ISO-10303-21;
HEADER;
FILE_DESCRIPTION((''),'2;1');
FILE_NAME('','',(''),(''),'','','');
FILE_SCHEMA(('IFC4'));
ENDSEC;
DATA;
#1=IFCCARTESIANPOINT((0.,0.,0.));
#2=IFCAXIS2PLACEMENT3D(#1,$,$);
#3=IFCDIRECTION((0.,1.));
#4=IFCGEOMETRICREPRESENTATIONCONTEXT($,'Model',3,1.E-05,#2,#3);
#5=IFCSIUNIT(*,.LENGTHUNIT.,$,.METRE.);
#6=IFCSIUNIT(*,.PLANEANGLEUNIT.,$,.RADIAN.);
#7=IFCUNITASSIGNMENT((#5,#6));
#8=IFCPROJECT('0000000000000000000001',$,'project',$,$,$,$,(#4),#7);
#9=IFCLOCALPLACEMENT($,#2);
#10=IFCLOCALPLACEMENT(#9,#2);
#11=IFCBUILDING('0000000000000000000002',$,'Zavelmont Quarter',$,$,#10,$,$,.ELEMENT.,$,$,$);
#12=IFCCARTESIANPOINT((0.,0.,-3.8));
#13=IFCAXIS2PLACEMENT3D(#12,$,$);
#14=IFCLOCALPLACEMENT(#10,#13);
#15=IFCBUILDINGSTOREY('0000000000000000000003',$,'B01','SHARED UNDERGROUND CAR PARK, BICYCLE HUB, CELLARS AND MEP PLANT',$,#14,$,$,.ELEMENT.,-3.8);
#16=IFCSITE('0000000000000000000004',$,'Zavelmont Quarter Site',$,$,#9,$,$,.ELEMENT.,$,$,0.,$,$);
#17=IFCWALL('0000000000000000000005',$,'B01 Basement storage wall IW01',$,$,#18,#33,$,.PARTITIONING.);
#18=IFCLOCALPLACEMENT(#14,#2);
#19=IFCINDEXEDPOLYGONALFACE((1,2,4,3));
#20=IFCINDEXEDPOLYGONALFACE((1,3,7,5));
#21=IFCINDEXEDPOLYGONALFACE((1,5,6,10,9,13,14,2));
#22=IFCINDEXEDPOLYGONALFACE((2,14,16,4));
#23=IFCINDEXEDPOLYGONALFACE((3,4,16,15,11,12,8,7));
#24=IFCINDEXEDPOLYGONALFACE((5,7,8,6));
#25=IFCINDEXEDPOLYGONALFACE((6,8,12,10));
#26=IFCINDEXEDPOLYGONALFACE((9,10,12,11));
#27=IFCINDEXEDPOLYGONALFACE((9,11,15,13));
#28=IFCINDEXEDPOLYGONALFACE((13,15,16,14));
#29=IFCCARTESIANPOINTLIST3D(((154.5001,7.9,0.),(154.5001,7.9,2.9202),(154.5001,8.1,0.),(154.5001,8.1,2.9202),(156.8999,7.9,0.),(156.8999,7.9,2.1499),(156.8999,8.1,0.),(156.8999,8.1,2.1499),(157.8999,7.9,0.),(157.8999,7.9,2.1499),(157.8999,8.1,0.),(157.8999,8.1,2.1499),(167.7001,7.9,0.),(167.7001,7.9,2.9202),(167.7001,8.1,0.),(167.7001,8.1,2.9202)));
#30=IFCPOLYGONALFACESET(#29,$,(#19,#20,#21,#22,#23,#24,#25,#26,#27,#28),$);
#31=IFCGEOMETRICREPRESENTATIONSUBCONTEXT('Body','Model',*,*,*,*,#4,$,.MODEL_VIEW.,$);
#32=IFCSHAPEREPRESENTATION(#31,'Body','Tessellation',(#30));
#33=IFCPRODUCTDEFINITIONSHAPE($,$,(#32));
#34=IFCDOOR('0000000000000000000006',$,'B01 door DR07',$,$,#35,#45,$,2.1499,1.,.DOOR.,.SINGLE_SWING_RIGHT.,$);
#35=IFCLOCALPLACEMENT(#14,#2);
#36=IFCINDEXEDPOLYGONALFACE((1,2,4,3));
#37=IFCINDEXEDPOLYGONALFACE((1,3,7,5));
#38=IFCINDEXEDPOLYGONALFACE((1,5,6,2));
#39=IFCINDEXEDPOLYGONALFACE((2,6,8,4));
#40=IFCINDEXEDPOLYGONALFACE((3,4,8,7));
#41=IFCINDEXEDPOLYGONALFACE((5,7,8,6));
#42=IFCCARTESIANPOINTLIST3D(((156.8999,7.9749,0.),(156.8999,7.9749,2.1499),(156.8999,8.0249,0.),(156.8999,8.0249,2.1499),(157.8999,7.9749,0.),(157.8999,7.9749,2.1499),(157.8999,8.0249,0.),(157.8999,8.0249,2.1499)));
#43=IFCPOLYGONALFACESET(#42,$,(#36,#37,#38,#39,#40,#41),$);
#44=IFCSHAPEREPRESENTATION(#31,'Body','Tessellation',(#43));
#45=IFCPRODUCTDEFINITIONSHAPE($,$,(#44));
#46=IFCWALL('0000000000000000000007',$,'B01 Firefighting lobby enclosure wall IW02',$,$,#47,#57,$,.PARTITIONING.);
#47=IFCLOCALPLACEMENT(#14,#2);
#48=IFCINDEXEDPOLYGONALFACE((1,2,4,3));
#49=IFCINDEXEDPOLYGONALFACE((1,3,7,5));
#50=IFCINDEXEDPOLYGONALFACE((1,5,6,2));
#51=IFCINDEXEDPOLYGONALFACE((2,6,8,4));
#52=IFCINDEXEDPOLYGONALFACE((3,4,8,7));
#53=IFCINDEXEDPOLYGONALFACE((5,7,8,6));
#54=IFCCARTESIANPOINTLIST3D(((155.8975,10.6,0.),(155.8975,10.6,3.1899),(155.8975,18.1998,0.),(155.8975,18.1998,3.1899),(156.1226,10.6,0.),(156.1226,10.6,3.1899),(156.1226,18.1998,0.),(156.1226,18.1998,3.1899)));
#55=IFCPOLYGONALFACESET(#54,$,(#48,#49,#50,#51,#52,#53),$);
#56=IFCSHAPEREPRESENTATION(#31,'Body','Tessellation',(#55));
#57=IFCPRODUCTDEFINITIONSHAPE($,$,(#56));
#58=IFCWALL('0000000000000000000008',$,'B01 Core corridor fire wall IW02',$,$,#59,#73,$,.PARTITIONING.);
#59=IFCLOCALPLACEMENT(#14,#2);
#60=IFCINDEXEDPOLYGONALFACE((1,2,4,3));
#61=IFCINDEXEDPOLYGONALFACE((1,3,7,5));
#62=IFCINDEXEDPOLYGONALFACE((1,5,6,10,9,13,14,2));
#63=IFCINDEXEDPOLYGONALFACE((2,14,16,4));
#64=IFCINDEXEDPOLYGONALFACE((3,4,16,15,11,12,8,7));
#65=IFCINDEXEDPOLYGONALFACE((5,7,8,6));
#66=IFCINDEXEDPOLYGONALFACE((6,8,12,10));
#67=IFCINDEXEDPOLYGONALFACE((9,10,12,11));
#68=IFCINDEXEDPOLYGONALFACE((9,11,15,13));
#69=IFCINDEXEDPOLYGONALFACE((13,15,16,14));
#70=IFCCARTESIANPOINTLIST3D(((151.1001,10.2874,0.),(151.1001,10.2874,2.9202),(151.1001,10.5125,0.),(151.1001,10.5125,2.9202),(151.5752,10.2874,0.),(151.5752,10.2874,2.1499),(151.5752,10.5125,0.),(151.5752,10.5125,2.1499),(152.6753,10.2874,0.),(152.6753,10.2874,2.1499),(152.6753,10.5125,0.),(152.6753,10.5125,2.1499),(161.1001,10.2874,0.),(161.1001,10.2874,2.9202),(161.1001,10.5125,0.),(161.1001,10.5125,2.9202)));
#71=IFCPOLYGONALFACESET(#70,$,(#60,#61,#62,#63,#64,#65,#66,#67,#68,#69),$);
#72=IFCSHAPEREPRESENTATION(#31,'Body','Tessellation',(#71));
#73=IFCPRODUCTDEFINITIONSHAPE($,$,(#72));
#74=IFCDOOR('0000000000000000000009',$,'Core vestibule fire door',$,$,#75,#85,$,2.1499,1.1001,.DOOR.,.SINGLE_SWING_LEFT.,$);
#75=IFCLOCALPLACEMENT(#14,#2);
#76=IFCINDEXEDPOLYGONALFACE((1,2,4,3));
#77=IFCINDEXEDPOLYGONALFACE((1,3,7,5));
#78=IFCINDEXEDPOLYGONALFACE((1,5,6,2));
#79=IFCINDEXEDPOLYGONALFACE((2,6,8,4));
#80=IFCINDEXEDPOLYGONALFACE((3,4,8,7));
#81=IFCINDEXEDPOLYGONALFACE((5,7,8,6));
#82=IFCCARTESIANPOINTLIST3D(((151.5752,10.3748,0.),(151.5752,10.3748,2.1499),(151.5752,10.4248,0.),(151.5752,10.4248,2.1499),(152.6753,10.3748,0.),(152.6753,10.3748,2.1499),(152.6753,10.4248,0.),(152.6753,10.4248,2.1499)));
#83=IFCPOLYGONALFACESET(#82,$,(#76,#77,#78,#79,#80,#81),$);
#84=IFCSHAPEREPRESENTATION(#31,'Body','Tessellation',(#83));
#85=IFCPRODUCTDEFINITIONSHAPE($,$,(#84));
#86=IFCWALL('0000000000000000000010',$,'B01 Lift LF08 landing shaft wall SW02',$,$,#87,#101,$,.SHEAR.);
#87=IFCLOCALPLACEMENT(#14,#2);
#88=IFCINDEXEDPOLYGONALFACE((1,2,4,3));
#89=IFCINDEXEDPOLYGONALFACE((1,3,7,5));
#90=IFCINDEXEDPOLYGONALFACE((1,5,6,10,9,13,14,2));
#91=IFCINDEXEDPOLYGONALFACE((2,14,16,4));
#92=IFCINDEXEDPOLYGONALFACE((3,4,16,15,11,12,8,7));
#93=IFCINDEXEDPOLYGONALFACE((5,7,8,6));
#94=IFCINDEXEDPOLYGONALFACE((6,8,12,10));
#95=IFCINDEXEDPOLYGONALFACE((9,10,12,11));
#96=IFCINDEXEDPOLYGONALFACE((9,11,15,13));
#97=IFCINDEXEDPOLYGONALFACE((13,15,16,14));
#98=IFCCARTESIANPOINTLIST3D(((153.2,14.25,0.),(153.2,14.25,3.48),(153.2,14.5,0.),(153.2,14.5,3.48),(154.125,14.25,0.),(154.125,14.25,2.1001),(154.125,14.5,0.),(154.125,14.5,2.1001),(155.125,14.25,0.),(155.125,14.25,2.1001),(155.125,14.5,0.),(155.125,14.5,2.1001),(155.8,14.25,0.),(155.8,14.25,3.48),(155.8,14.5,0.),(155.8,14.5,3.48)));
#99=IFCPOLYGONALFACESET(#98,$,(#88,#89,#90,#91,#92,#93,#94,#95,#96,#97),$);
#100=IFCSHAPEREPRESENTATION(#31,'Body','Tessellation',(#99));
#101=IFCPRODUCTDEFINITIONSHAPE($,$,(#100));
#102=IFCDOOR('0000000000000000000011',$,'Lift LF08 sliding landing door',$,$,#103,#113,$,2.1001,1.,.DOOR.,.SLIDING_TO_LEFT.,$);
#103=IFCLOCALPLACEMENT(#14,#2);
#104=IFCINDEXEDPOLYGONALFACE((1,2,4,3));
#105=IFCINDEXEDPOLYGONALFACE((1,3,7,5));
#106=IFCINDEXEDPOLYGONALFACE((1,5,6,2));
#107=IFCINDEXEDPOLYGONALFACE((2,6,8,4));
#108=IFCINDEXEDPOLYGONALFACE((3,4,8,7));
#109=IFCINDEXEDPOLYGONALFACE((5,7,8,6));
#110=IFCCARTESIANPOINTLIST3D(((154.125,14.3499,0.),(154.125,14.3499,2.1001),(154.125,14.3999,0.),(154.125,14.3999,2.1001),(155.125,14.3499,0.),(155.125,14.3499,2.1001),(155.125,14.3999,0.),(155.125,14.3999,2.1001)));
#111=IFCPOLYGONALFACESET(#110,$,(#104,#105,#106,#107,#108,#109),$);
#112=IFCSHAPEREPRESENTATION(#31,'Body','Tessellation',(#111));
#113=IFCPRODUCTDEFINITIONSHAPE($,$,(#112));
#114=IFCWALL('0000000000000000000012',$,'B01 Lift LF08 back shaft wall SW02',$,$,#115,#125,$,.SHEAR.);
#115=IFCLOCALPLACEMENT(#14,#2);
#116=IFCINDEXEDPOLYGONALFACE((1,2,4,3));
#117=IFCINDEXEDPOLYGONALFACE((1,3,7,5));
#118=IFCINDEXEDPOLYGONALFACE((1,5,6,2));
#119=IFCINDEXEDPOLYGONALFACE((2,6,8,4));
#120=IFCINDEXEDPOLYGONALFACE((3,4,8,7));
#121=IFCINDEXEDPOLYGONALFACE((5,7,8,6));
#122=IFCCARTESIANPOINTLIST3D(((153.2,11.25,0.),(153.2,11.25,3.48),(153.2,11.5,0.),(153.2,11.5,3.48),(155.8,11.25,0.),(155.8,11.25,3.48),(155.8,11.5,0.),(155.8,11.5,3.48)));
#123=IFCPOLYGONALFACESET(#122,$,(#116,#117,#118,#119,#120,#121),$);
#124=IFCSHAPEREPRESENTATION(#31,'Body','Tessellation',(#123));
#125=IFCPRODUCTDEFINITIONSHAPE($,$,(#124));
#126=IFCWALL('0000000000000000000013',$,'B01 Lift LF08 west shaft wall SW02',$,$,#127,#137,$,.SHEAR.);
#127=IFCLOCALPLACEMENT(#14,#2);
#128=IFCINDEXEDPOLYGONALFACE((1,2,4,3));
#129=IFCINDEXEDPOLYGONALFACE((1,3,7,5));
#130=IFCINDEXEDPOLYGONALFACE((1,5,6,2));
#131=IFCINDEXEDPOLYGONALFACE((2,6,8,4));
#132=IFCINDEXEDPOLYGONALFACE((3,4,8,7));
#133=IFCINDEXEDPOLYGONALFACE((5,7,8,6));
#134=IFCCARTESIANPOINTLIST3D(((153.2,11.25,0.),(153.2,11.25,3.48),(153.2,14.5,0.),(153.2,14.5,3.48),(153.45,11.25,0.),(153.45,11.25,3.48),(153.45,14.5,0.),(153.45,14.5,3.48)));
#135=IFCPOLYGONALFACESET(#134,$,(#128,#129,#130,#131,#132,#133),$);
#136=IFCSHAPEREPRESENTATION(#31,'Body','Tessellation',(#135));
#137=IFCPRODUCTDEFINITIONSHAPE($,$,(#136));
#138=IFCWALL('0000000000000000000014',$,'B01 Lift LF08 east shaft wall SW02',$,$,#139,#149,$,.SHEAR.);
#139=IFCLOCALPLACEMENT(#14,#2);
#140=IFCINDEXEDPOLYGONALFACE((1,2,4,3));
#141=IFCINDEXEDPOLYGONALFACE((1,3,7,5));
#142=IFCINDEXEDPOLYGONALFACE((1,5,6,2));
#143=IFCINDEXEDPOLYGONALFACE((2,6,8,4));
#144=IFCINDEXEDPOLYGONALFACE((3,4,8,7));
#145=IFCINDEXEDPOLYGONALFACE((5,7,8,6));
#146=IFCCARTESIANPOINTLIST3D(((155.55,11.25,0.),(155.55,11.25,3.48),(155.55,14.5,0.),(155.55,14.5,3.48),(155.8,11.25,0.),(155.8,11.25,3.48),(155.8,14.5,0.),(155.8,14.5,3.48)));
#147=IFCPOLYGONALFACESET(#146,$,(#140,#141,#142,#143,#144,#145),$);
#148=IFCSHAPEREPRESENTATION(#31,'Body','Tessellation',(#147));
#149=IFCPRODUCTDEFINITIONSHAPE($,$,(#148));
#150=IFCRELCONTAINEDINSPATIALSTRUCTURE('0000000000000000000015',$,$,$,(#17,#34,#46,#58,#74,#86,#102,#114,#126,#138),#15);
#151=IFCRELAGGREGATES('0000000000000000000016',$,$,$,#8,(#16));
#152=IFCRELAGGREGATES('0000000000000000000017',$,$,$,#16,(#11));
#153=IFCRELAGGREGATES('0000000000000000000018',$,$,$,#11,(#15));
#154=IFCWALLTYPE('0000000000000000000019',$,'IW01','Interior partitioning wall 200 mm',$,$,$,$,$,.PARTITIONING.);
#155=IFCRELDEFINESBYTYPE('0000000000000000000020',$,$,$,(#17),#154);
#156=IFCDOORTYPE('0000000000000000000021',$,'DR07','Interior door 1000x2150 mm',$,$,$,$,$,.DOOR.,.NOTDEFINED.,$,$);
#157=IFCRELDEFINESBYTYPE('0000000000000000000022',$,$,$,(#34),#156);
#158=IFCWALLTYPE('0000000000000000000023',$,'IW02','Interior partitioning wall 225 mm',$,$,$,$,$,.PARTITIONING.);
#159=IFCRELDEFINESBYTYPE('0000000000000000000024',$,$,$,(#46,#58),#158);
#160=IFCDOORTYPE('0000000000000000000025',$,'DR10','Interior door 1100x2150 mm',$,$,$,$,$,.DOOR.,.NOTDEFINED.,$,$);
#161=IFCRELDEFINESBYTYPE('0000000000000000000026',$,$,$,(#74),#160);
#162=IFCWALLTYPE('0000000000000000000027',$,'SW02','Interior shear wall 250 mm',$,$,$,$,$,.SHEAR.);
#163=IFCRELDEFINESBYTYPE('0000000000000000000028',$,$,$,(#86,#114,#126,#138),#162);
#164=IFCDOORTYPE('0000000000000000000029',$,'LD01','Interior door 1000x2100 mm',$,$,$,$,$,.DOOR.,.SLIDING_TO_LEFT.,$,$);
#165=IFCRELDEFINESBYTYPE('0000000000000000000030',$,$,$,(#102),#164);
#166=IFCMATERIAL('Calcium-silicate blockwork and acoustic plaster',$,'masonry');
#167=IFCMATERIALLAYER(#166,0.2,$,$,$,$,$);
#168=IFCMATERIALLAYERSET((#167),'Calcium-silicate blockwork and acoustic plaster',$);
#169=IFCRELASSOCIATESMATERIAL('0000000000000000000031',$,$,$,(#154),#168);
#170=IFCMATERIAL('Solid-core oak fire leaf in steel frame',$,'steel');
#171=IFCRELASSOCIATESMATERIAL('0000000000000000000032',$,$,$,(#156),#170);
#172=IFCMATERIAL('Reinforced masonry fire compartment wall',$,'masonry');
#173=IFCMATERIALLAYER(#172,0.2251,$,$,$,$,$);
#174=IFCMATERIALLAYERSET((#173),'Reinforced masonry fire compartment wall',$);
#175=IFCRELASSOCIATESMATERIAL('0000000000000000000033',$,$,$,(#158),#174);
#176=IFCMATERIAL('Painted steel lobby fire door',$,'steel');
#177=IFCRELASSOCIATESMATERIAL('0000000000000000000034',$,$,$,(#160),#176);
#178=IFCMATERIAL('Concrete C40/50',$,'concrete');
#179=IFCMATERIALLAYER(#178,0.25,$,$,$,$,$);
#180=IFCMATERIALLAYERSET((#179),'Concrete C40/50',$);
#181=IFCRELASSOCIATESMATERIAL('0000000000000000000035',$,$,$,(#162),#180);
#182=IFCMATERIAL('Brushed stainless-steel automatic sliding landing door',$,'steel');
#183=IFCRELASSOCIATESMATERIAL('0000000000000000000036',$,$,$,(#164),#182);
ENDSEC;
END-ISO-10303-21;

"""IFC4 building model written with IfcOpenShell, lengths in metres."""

from ifc_helpers import new_model, si_unit, direction, frame, frame_2d, origin, origin_with_axes, place, context, subcontext, project, spatial, rectangle, extrude, material, layer, layer_set, type_object, element, fill, save


model = new_model("IFC4")

# Units and contexts
model_context = context("Model", 3, precision=1e-05, world=origin(), true_north=direction((0.0, 1.0)))
body_context = subcontext(model_context, "Body", "Model", "MODEL_VIEW")
ifc_project = project(units=[si_unit("LENGTHUNIT", "METRE"), si_unit("PLANEANGLEUNIT", "RADIAN")], contexts=[model_context])

# Site, building, storey
site_placement = place(None, origin())
site = spatial("IfcSite", under=ifc_project, at=site_placement, Name="Zavelmont Quarter Site", CompositionType="ELEMENT", RefElevation=0.0)
building_placement = place(site_placement, origin())
building = spatial("IfcBuilding", under=site, at=building_placement, Name="Zavelmont Quarter", CompositionType="ELEMENT")
storey_placement = place(building_placement, frame((0.0, 0.0, -3.8)))
storey = spatial("IfcBuildingStorey", under=building, at=storey_placement, Name="B01", Description="SHARED UNDERGROUND CAR PARK, BICYCLE HUB, CELLARS AND MEP PLANT", CompositionType="ELEMENT", Elevation=-3.8)

# Shared definitions
ifc_material_1 = material(Name="Concrete C40/50", Category="concrete")

# Shared definitions
ifc_material_2 = material(Name="Calcium-silicate blockwork and acoustic plaster", Category="masonry")
ifc_layer_1 = layer(ifc_material_2, 0.2)
ifc_layer_set_1 = layer_set([ifc_layer_1], Name="Calcium-silicate blockwork and acoustic plaster")
wall_type_1 = type_object("IfcWallType", Name="IW01", Description="Interior partitioning wall 200 mm", PredefinedType="PARTITIONING", material=ifc_layer_set_1)

# Wall, opening, door
wall_1_placement = place(storey_placement, frame((154.5, 8.0, 0.0), z_axis=(0.0, 0.0, 1.0), x_axis=(1.0, 0.0, 0.0)))
wall_1 = element("IfcWall", 1, at=wall_1_placement, inside=storey, type_object=wall_type_1, Name="B01 Basement storage wall IW01", PredefinedType="PARTITIONING", context=body_context, shape_type="SweptSolid", body=[
    extrude(rectangle(XDim=13.2, YDim=0.2, at=frame_2d((6.6001, 0.0))), origin(), (0.0, 0.0, 1.0), 2.9202),
])
opening_1_placement = place(wall_1_placement, frame((2.3999, 0.0, 0.0)))
opening_1 = element("IfcOpeningElement", 2, at=opening_1_placement, cuts=wall_1, PredefinedType="OPENING", context=body_context, shape_type="SweptSolid", body=[
    extrude(rectangle(XDim=1.0, YDim=2.1499, at=frame_2d((0.5, 1.075))), frame((0.0, 0.1118, 0.0), z_axis=(0.0, -1.0, 0.0), x_axis=(1.0, 0.0, 0.0)), (0.0, 0.0, 1.0), 0.2239),
])
ifc_material_3 = material(Name="Solid-core oak fire leaf in steel frame", Category="steel")
door_type_1 = type_object("IfcDoorType", Name="DR07", Description="Interior door 1000x2150 mm", OperationType="NOTDEFINED", PredefinedType="DOOR", material=ifc_material_3)
door_1_placement = place(opening_1_placement, origin_with_axes())
door_1 = element("IfcDoor", 3, at=door_1_placement, inside=storey, type_object=door_type_1, Name="B01 door DR07", OperationType="SINGLE_SWING_RIGHT", OverallHeight=2.1499, OverallWidth=1.0, PredefinedType="DOOR", context=body_context, shape_type="SweptSolid", body=[
    extrude(rectangle(XDim=1.0, YDim=2.1499, at=frame_2d((0.5, 1.075))), frame((0.0, 0.0249, 0.0), z_axis=(0.0, -1.0, 0.0), x_axis=(1.0, 0.0, 0.0)), (0.0, 0.0, 1.0), 0.05),
])
fill(opening_1, door_1)

# Wall
ifc_material_4 = material(Name="Reinforced masonry fire compartment wall", Category="masonry")
ifc_layer_2 = layer(ifc_material_4, 0.2251)
ifc_layer_set_2 = layer_set([ifc_layer_2], Name="Reinforced masonry fire compartment wall")
wall_type_2 = type_object("IfcWallType", Name="IW02", Description="Interior partitioning wall 225 mm", PredefinedType="PARTITIONING", material=ifc_layer_set_2)
wall_2_placement = place(storey_placement, frame((156.01, 10.6001, 0.0), z_axis=(0.0, 0.0, 1.0), x_axis=(0.0, 1.0, 0.0)))
element("IfcWall", 4, at=wall_2_placement, inside=storey, type_object=wall_type_2, Name="B01 Firefighting lobby enclosure wall IW02", PredefinedType="PARTITIONING", context=body_context, shape_type="SweptSolid", body=[
    extrude(rectangle(XDim=7.5999, YDim=0.2251, at=frame_2d((3.7998, 0.0))), origin(), (0.0, 0.0, 1.0), 3.1899),
])

# Walls, openings, doors
ifc_material_5 = material(Name="Painted steel lobby fire door", Category="steel")
door_type_2 = type_object("IfcDoorType", Name="DR10", Description="Interior door 1100x2150 mm", OperationType="NOTDEFINED", PredefinedType="DOOR", material=ifc_material_5)
wall_3_placement = place(storey_placement, frame((151.1001, 10.3999, 0.0), z_axis=(0.0, 0.0, 1.0), x_axis=(1.0, 0.0, 0.0)))
wall_3 = element("IfcWall", 5, at=wall_3_placement, inside=storey, type_object=wall_type_2, Name="B01 Core corridor fire wall IW02", PredefinedType="PARTITIONING", context=body_context, shape_type="SweptSolid", body=[
    extrude(rectangle(XDim=10.0, YDim=0.2251, at=frame_2d((5.0, 0.0))), origin(), (0.0, 0.0, 1.0), 2.9202),
])
opening_2_placement = place(wall_3_placement, frame((0.4751, 0.0, 0.0)))
opening_2 = element("IfcOpeningElement", 6, at=opening_2_placement, cuts=wall_3, PredefinedType="OPENING", context=body_context, shape_type="SweptSolid", body=[
    extrude(rectangle(XDim=1.1001, YDim=2.1499, at=frame_2d((0.55, 1.075))), frame((0.0, 0.1245, 0.0), z_axis=(0.0, -1.0, 0.0), x_axis=(1.0, 0.0, 0.0)), (0.0, 0.0, 1.0), 0.249),
])
door_2_placement = place(opening_2_placement, origin_with_axes())
door_2 = element("IfcDoor", 7, at=door_2_placement, inside=storey, type_object=door_type_2, Name="Core vestibule fire door", OperationType="SINGLE_SWING_LEFT", OverallHeight=2.1499, OverallWidth=1.1001, PredefinedType="DOOR", context=body_context, shape_type="SweptSolid", body=[
    extrude(rectangle(XDim=1.1001, YDim=2.1499, at=frame_2d((0.55, 1.075))), frame((0.0, 0.0249, 0.0), z_axis=(0.0, -1.0, 0.0), x_axis=(1.0, 0.0, 0.0)), (0.0, 0.0, 1.0), 0.05),
])
fill(opening_2, door_2)
ifc_layer_3 = layer(ifc_material_1, 0.25)
ifc_layer_set_3 = layer_set([ifc_layer_3], Name="Concrete C40/50")
wall_type_3 = type_object("IfcWallType", Name="SW02", Description="Interior shear wall 250 mm", PredefinedType="SHEAR", material=ifc_layer_set_3)
wall_4_placement = place(storey_placement, frame((153.2, 14.375, 0.0), z_axis=(0.0, 0.0, 1.0), x_axis=(1.0, 0.0, 0.0)))
wall_4 = element("IfcWall", 8, at=wall_4_placement, inside=storey, type_object=wall_type_3, Name="B01 Lift LF08 landing shaft wall SW02", PredefinedType="SHEAR", context=body_context, shape_type="SweptSolid", body=[
    extrude(rectangle(XDim=2.6001, YDim=0.25, at=frame_2d((1.3, 0.0))), origin(), (0.0, 0.0, 1.0), 3.48),
])
opening_3_placement = place(wall_4_placement, frame((0.925, 0.0, 0.0)))
opening_3 = element("IfcOpeningElement", 9, at=opening_3_placement, cuts=wall_4, PredefinedType="OPENING", context=body_context, shape_type="SweptSolid", body=[
    extrude(rectangle(XDim=1.0, YDim=2.1001, at=frame_2d((0.5, 1.05))), frame((0.0, 0.137, 0.0), z_axis=(0.0, -1.0, 0.0), x_axis=(1.0, 0.0, 0.0)), (0.0, 0.0, 1.0), 0.2739),
])
ifc_material_6 = material(Name="Brushed stainless-steel automatic sliding landing door", Category="steel")
door_type_3 = type_object("IfcDoorType", Name="LD01", Description="Interior door 1000x2100 mm", OperationType="SLIDING_TO_LEFT", PredefinedType="DOOR", material=ifc_material_6)
door_3_placement = place(opening_3_placement, origin_with_axes())
door_3 = element("IfcDoor", 10, at=door_3_placement, inside=storey, type_object=door_type_3, Name="Lift LF08 sliding landing door", OperationType="SLIDING_TO_LEFT", OverallHeight=2.1001, OverallWidth=1.0, PredefinedType="DOOR", context=body_context, shape_type="SweptSolid", body=[
    extrude(rectangle(XDim=1.0, YDim=2.1001, at=frame_2d((0.5, 1.05))), frame((0.0, 0.0249, 0.0), z_axis=(0.0, -1.0, 0.0), x_axis=(1.0, 0.0, 0.0)), (0.0, 0.0, 1.0), 0.05),
])
fill(opening_3, door_3)

# Walls
wall_5_placement = place(storey_placement, frame((153.2, 11.375, 0.0), z_axis=(0.0, 0.0, 1.0), x_axis=(1.0, 0.0, 0.0)))
element("IfcWall", 11, at=wall_5_placement, inside=storey, type_object=wall_type_3, Name="B01 Lift LF08 back shaft wall SW02", PredefinedType="SHEAR", context=body_context, shape_type="SweptSolid", body=[
    extrude(rectangle(XDim=2.6001, YDim=0.25, at=frame_2d((1.3, 0.0))), origin(), (0.0, 0.0, 1.0), 3.48),
])
for number, where, z_axis, x_axis, name in (
    (12, (153.325, 11.25, 0.0), (0.0, 0.0, 1.0), (0.0, 1.0, 0.0), "B01 Lift LF08 west shaft wall SW02"),
    (13, (155.675, 11.25, 0.0), (0.0, 0.0, 1.0), (0.0, 1.0, 0.0), "B01 Lift LF08 east shaft wall SW02"),
):
    element("IfcWall", number, at=place(storey_placement, frame(where, z_axis=z_axis, x_axis=x_axis)), inside=storey, type_object=wall_type_3, Name=name, PredefinedType="SHEAR", context=body_context, shape_type="SweptSolid", body=[
        extrude(rectangle(XDim=3.25, YDim=0.25, at=frame_2d((1.625, 0.0))), origin(), (0.0, 0.0, 1.0), 3.48),
    ])

save(model, "model.ifc")
